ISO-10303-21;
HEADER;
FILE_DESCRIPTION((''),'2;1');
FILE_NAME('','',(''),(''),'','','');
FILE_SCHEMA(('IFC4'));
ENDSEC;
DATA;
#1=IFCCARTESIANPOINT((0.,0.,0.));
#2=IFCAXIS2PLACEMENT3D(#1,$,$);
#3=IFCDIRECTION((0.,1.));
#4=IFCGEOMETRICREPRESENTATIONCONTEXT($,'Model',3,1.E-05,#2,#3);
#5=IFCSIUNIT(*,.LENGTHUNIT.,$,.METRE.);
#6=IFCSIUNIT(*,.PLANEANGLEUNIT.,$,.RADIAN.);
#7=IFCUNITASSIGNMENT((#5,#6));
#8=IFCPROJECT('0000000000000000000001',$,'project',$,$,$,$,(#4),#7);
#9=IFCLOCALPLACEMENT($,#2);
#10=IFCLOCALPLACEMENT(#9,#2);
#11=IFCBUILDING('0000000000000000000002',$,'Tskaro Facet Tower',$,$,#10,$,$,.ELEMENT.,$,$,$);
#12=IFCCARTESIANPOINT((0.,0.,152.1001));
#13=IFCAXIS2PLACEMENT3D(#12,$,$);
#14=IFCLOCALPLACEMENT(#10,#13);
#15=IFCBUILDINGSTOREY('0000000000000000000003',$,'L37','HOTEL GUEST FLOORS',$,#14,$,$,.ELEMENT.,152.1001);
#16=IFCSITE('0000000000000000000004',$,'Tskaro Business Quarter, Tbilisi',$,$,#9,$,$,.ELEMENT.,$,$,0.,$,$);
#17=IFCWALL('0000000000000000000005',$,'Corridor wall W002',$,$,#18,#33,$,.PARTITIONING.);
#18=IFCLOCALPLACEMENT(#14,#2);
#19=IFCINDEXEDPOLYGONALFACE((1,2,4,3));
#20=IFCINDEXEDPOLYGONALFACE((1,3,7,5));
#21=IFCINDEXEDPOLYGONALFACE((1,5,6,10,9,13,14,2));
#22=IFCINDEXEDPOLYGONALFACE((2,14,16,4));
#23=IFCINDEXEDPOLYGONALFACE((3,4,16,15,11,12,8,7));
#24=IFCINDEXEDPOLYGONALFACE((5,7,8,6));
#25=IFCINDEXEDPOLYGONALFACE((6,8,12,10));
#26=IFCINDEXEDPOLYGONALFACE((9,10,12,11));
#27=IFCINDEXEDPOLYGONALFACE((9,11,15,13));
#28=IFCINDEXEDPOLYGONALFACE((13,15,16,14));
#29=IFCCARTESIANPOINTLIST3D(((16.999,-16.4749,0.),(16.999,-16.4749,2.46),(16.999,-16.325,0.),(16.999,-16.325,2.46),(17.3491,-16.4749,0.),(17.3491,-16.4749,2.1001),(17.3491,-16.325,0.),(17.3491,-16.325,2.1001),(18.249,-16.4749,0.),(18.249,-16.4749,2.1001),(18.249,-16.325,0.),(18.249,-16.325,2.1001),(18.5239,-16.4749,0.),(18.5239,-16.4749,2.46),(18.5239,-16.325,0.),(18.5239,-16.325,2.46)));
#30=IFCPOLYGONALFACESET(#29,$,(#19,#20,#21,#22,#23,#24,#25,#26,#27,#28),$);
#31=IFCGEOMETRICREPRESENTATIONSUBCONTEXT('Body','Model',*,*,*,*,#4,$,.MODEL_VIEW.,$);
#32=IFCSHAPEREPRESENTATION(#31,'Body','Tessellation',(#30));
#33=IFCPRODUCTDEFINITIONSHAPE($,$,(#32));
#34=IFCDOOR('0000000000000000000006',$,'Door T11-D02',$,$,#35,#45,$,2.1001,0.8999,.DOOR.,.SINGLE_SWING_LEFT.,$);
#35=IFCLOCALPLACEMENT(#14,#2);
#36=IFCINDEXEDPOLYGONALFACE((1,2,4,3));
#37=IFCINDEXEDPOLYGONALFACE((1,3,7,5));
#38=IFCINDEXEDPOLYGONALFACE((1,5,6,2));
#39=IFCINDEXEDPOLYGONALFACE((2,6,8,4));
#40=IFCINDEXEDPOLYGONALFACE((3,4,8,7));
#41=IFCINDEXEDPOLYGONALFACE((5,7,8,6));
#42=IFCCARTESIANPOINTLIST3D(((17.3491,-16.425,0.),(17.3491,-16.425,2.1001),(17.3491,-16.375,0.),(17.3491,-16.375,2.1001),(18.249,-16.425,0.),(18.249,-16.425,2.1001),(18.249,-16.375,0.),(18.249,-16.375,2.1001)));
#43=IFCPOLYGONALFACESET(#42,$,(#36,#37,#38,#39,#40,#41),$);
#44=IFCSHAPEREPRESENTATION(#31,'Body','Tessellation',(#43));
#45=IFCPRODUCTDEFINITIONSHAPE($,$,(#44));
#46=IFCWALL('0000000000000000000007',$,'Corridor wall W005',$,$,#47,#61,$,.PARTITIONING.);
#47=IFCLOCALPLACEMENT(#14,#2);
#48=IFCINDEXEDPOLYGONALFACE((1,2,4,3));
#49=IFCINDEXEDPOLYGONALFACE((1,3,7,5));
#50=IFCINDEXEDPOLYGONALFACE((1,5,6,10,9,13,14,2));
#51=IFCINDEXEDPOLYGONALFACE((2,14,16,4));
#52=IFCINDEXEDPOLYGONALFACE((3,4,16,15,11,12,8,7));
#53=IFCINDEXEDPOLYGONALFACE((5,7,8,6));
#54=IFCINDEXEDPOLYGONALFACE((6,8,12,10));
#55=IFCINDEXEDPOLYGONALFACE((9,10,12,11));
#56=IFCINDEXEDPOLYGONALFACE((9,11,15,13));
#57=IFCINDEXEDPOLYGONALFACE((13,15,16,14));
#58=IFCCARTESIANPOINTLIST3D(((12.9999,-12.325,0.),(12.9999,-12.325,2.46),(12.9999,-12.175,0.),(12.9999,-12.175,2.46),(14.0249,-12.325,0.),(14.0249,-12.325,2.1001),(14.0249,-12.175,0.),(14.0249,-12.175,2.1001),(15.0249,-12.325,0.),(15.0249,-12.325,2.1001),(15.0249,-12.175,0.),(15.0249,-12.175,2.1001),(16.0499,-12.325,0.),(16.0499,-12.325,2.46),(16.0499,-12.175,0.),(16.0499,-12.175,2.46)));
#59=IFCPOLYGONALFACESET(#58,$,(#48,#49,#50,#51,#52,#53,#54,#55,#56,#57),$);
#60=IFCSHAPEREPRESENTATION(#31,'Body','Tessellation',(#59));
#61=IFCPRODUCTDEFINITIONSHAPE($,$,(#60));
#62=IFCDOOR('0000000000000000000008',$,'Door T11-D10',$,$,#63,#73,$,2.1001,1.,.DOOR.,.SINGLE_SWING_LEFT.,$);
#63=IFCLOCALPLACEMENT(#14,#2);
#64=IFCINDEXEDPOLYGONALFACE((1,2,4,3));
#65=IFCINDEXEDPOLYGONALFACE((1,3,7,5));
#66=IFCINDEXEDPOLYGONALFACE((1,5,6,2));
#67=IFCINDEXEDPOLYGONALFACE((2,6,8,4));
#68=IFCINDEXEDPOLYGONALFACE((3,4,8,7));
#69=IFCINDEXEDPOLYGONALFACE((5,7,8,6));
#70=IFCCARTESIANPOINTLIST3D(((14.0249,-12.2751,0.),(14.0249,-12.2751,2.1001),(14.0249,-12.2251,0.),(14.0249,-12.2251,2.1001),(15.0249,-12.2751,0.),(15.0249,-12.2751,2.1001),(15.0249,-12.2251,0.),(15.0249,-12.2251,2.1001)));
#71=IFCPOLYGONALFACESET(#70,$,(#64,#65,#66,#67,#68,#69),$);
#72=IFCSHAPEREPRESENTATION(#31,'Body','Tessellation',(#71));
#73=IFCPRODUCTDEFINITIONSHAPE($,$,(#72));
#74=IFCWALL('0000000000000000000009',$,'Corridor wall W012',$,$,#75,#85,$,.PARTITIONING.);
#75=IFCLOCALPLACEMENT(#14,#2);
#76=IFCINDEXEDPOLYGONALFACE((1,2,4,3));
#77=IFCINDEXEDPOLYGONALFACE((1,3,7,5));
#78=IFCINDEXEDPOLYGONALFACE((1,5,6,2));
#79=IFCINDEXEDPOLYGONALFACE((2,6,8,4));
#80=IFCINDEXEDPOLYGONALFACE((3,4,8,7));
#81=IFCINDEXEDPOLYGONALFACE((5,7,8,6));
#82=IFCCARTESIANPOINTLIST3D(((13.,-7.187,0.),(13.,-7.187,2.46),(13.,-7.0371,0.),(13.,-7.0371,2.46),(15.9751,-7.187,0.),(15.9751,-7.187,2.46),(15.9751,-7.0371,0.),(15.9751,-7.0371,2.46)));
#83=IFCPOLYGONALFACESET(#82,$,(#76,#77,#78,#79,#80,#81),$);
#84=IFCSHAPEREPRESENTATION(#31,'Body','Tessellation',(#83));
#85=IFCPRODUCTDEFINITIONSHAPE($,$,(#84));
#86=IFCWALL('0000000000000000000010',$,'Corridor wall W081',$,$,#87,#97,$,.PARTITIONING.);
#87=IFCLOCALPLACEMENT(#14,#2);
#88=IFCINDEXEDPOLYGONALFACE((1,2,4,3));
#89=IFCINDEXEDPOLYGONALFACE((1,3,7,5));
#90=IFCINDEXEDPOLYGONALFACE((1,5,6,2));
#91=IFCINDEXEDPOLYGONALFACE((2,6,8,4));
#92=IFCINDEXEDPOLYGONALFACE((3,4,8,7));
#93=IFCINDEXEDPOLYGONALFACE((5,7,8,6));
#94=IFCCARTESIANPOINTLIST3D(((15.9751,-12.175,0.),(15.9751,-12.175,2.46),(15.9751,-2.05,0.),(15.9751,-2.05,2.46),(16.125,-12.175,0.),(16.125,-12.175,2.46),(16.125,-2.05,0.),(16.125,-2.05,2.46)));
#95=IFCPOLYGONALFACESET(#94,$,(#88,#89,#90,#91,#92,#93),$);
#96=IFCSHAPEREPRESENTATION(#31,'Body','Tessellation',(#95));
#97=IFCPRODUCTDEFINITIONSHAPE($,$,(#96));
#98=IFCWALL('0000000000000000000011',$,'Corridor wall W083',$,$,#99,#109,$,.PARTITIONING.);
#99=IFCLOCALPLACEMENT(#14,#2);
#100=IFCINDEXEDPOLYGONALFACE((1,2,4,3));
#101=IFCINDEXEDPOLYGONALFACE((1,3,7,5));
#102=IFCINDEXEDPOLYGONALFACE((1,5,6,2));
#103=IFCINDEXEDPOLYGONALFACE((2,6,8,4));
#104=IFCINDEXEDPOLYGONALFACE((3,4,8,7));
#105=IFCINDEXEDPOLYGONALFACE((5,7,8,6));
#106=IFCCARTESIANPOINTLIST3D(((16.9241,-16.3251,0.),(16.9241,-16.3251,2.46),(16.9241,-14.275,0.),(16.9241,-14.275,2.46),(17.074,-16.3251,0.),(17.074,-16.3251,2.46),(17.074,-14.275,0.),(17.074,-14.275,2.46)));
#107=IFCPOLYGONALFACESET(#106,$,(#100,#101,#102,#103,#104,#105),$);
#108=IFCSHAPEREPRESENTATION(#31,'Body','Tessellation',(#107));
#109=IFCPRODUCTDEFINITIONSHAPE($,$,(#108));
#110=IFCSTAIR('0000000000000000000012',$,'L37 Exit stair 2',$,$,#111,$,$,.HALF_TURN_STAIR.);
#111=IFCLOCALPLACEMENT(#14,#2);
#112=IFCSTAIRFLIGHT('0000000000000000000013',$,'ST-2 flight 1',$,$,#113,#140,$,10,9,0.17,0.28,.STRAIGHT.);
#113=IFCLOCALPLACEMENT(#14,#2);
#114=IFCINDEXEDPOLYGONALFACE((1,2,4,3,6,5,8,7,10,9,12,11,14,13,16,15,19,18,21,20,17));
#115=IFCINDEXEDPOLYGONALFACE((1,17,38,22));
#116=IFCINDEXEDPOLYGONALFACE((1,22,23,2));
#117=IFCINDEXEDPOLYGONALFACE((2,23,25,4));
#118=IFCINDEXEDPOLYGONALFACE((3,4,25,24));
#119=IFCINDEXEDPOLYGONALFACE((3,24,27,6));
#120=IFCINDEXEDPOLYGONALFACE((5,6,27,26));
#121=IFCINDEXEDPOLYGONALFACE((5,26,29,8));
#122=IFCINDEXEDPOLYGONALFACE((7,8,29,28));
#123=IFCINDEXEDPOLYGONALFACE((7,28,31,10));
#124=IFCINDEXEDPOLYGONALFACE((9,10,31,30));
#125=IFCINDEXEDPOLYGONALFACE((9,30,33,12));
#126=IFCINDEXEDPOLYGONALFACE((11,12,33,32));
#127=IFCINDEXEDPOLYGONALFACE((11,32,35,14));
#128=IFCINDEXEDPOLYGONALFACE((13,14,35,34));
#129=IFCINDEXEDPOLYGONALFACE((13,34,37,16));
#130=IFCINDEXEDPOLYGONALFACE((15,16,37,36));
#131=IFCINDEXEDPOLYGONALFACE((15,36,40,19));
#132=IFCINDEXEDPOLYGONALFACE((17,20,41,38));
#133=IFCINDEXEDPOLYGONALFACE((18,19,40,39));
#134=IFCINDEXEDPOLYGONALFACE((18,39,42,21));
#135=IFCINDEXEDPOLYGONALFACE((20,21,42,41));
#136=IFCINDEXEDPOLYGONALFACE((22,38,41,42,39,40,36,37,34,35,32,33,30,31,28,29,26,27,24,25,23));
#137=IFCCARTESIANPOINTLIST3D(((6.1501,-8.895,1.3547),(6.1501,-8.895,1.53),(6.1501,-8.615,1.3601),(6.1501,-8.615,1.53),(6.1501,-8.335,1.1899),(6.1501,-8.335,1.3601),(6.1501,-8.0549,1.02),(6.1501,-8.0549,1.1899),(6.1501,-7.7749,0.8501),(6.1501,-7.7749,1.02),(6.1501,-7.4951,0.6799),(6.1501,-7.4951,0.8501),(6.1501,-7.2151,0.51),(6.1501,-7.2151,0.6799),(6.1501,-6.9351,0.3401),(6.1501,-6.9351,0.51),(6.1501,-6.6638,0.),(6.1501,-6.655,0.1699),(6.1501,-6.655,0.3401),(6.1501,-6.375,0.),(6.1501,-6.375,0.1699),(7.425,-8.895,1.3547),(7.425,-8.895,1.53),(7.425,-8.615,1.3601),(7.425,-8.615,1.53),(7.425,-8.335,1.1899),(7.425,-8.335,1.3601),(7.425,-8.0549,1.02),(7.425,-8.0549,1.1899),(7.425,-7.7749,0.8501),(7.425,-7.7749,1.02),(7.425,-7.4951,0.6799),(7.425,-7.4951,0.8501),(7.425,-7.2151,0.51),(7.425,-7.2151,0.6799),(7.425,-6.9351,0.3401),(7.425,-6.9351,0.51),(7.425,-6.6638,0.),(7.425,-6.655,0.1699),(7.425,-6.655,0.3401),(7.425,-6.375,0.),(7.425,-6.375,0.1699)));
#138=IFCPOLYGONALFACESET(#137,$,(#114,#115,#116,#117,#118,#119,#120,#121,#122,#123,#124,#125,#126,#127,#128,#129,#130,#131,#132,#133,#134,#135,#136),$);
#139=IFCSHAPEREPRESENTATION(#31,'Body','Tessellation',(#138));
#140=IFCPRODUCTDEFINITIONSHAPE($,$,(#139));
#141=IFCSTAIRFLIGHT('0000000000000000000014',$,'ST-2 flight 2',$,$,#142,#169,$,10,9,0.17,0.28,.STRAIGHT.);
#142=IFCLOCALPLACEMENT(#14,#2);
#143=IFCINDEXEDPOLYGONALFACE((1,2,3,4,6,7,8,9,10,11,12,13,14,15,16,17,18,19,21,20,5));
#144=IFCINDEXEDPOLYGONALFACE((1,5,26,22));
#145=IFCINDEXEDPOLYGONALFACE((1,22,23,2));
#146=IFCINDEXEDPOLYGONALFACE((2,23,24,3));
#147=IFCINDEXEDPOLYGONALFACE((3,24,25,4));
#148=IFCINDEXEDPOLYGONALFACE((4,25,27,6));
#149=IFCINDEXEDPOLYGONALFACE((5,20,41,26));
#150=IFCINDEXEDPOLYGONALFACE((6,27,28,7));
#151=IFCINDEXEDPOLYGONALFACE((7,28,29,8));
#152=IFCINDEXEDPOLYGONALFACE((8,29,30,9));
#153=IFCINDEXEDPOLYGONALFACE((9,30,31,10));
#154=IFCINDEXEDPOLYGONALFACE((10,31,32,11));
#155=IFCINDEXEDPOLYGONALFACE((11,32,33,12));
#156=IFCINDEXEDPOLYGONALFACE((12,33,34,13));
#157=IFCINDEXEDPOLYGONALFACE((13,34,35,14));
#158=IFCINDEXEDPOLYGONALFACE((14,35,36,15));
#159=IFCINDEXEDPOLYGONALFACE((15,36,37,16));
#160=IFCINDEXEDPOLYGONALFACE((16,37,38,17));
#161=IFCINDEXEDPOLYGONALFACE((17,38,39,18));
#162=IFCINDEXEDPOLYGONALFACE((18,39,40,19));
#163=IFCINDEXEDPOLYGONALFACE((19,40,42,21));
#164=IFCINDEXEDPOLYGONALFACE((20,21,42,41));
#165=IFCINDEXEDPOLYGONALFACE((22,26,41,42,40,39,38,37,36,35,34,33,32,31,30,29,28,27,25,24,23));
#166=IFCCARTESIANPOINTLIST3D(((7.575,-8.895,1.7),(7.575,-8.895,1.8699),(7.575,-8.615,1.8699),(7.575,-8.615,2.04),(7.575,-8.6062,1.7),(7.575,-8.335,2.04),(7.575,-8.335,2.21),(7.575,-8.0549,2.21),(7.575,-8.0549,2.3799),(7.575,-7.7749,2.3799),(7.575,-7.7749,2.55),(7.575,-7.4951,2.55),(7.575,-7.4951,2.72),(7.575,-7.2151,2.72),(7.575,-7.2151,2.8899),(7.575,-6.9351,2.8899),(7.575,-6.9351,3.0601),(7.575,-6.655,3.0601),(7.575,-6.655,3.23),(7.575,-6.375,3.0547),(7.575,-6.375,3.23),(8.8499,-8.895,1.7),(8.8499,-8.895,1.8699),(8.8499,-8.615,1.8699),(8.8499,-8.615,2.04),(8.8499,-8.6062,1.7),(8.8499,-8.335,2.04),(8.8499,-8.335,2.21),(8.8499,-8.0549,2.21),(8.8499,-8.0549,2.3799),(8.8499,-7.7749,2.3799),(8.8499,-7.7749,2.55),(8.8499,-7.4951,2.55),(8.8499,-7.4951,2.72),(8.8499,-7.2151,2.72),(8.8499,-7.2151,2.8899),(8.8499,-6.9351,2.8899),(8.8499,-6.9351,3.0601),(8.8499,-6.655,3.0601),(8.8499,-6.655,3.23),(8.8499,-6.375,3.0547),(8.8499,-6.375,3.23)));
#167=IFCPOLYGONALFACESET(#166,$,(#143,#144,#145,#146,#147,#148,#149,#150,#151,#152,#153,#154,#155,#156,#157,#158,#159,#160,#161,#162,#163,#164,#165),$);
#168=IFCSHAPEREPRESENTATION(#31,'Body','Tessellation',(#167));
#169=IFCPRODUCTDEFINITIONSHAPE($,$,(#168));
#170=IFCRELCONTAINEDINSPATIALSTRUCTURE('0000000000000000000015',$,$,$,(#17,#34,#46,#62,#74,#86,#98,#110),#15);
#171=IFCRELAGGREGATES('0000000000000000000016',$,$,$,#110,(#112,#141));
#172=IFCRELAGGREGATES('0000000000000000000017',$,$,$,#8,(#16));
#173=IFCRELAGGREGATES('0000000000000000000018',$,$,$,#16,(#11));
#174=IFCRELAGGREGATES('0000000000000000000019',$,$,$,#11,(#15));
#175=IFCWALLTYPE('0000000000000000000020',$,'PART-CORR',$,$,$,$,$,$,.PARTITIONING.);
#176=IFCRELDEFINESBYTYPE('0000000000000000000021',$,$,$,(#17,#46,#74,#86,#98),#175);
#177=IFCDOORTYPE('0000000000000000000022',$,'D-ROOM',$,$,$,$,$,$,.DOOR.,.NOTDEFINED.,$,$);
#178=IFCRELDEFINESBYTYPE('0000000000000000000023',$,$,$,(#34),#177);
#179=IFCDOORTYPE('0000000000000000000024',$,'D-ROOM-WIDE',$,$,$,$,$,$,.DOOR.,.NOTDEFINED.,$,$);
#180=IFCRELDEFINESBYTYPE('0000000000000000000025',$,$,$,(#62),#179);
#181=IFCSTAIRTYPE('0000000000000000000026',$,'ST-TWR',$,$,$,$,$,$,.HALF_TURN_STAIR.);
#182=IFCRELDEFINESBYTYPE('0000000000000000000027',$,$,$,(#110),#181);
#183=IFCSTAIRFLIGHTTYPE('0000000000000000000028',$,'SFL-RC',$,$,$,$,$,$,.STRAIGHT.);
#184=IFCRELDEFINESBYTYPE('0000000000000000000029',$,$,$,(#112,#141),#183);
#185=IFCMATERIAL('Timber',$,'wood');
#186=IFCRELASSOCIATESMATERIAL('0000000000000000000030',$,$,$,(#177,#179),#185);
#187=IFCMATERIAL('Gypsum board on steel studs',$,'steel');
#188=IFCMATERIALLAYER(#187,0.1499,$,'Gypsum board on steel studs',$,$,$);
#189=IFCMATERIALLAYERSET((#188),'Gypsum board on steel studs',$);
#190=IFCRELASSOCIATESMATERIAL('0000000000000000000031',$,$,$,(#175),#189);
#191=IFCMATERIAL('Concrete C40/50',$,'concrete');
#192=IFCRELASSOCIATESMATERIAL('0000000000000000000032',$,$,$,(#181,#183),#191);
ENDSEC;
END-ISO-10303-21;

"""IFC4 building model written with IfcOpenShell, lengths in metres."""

from ifc_helpers import new_model, si_unit, direction, frame, frame_2d, origin, place, context, subcontext, project, spatial, polyline, rectangle, outline, extrude, material, layer, layer_set, type_object, element, fill, aggregate, save


model = new_model("IFC4")

# Units and contexts
model_context = context("Model", 3, precision=1e-05, world=origin(), true_north=direction((0.0, 1.0)))
body_context = subcontext(model_context, "Body", "Model", "MODEL_VIEW")
ifc_project = project(units=[si_unit("LENGTHUNIT", "METRE"), si_unit("PLANEANGLEUNIT", "RADIAN")], contexts=[model_context])

# Site, building, storey
site_placement = place(None, origin())
site = spatial("IfcSite", under=ifc_project, at=site_placement, Name="Tskaro Business Quarter, Tbilisi", CompositionType="ELEMENT", RefElevation=0.0)
building_placement = place(site_placement, origin())
building = spatial("IfcBuilding", under=site, at=building_placement, Name="Tskaro Facet Tower", CompositionType="ELEMENT")
storey_placement = place(building_placement, frame((0.0, 0.0, 152.1001)))
storey = spatial("IfcBuildingStorey", under=building, at=storey_placement, Name="L37", Description="HOTEL GUEST FLOORS", CompositionType="ELEMENT", Elevation=152.1001)

# Shared definitions
ifc_material_1 = material(Name="Timber", Category="wood")
door_type_1 = type_object("IfcDoorType", Name="D-ROOM", OperationType="NOTDEFINED", PredefinedType="DOOR", material=ifc_material_1)
ifc_material_2 = material(Name="Concrete C40/50", Category="concrete")

# Walls, openings, doors
ifc_material_3 = material(Name="Gypsum board on steel studs", Category="steel")
ifc_layer_1 = layer(ifc_material_3, 0.1499, Name="Gypsum board on steel studs")
ifc_layer_set_1 = layer_set([ifc_layer_1], Name="Gypsum board on steel studs")
wall_type_1 = type_object("IfcWallType", Name="PART-CORR", PredefinedType="PARTITIONING", material=ifc_layer_set_1)
wall_1_placement = place(storey_placement, frame((16.999, -16.3999, 0.0), z_axis=(0.0, 0.0, 1.0), x_axis=(1.0, 0.0, 0.0)))
wall_1 = element("IfcWall", 1, at=wall_1_placement, inside=storey, type_object=wall_type_1, Name="Corridor wall W002", PredefinedType="PARTITIONING", context=body_context, shape_type="SweptSolid", body=[
    extrude(rectangle(XDim=1.5249, YDim=0.1499, at=frame_2d((0.7625, 0.0))), origin(), (0.0, 0.0, 1.0), 2.46),
])
opening_1_placement = place(wall_1_placement, frame((0.3501, 0.0, 0.0)))
opening_1 = element("IfcOpeningElement", 2, at=opening_1_placement, cuts=wall_1, PredefinedType="OPENING", context=body_context, shape_type="SweptSolid", body=[
    extrude(rectangle(XDim=0.8999, YDim=2.1001, at=frame_2d((0.45, 1.05))), frame((0.0, 0.085, 0.0), z_axis=(0.0, -1.0, 0.0), x_axis=(1.0, 0.0, 0.0)), (0.0, 0.0, 1.0), 0.1699),
])
door_1_placement = place(opening_1_placement, origin())
door_1 = element("IfcDoor", 3, at=door_1_placement, inside=storey, type_object=door_type_1, Name="Door T11-D02", OperationType="SINGLE_SWING_LEFT", OverallHeight=2.1001, OverallWidth=0.8999, PredefinedType="DOOR", context=body_context, shape_type="SweptSolid", body=[
    extrude(rectangle(XDim=0.8999, YDim=2.1001, at=frame_2d((0.45, 1.05))), frame((0.0, 0.0249, 0.0), z_axis=(0.0, -1.0, 0.0), x_axis=(1.0, 0.0, 0.0)), (0.0, 0.0, 1.0), 0.05),
])
fill(opening_1, door_1)
wall_2_placement = place(storey_placement, frame((13.0, -12.25, 0.0), z_axis=(0.0, 0.0, 1.0), x_axis=(1.0, 0.0, 0.0)))
wall_2 = element("IfcWall", 4, at=wall_2_placement, inside=storey, type_object=wall_type_1, Name="Corridor wall W005", PredefinedType="PARTITIONING", context=body_context, shape_type="SweptSolid", body=[
    extrude(rectangle(XDim=3.05, YDim=0.1499, at=frame_2d((1.5249, 0.0))), origin(), (0.0, 0.0, 1.0), 2.46),
])
opening_2_placement = place(wall_2_placement, frame((1.0249, 0.0, 0.0)))
opening_2 = element("IfcOpeningElement", 5, at=opening_2_placement, cuts=wall_2, PredefinedType="OPENING", context=body_context, shape_type="SweptSolid", body=[
    extrude(rectangle(XDim=1.0, YDim=2.1001, at=frame_2d((0.5, 1.05))), frame((0.0, 0.085, 0.0), z_axis=(0.0, -1.0, 0.0), x_axis=(1.0, 0.0, 0.0)), (0.0, 0.0, 1.0), 0.1699),
])
door_type_2 = type_object("IfcDoorType", Name="D-ROOM-WIDE", OperationType="NOTDEFINED", PredefinedType="DOOR", material=ifc_material_1)
door_2_placement = place(opening_2_placement, origin())
door_2 = element("IfcDoor", 6, at=door_2_placement, inside=storey, type_object=door_type_2, Name="Door T11-D10", OperationType="SINGLE_SWING_LEFT", OverallHeight=2.1001, OverallWidth=1.0, PredefinedType="DOOR", context=body_context, shape_type="SweptSolid", body=[
    extrude(rectangle(XDim=1.0, YDim=2.1001, at=frame_2d((0.5, 1.05))), frame((0.0, 0.0249, 0.0), z_axis=(0.0, -1.0, 0.0), x_axis=(1.0, 0.0, 0.0)), (0.0, 0.0, 1.0), 0.05),
])
fill(opening_2, door_2)

# Walls
wall_3_placement = place(storey_placement, frame((13.0, -7.1121, 0.0), z_axis=(0.0, 0.0, 1.0), x_axis=(1.0, 0.0, 0.0)))
element("IfcWall", 7, at=wall_3_placement, inside=storey, type_object=wall_type_1, Name="Corridor wall W012", PredefinedType="PARTITIONING", context=body_context, shape_type="SweptSolid", body=[
    extrude(rectangle(XDim=2.9751, YDim=0.1499, at=frame_2d((1.4875, 0.0))), origin(), (0.0, 0.0, 1.0), 2.46),
])
wall_4_placement = place(storey_placement, frame((16.05, -12.175, 0.0), z_axis=(0.0, 0.0, 1.0), x_axis=(0.0, 1.0, 0.0)))
element("IfcWall", 8, at=wall_4_placement, inside=storey, type_object=wall_type_1, Name="Corridor wall W081", PredefinedType="PARTITIONING", context=body_context, shape_type="SweptSolid", body=[
    extrude(rectangle(XDim=10.125, YDim=0.1499, at=frame_2d((5.0625, 0.0))), origin(), (0.0, 0.0, 1.0), 2.46),
])
wall_5_placement = place(storey_placement, frame((16.999, -16.325, 0.0), z_axis=(0.0, 0.0, 1.0), x_axis=(0.0, 1.0, 0.0)))
element("IfcWall", 9, at=wall_5_placement, inside=storey, type_object=wall_type_1, Name="Corridor wall W083", PredefinedType="PARTITIONING", context=body_context, shape_type="SweptSolid", body=[
    extrude(rectangle(XDim=2.05, YDim=0.1499, at=frame_2d((1.0249, 0.0))), origin(), (0.0, 0.0, 1.0), 2.46),
])

# Stair, stair flights
stair_type = type_object("IfcStairType", Name="ST-TWR", PredefinedType="HALF_TURN_STAIR", material=ifc_material_2)
stair_placement = place(storey_placement, origin())
stair = element("IfcStair", 10, at=stair_placement, inside=storey, type_object=stair_type, Name="L37 Exit stair 2", PredefinedType="HALF_TURN_STAIR")
stair_flight_type = type_object("IfcStairFlightType", Name="SFL-RC", PredefinedType="STRAIGHT", material=ifc_material_2)
stair_flight_1_placement = place(storey_placement, frame((6.7876, -6.375, 0.0), z_axis=(0.0, 0.0, 1.0), x_axis=(0.0, -1.0, 0.0)))
stair_flight_1 = element("IfcStairFlight", 11, at=stair_flight_1_placement, type_object=stair_flight_type, Name="ST-2 flight 1", NumberOfRisers=10, NumberOfTreads=9, PredefinedType="STRAIGHT", RiserHeight=0.17, TreadLength=0.28, context=body_context, shape_type="SweptSolid", body=[
    extrude(outline(polyline([(0.0, 0.0), (0.0, 0.1699), (0.28, 0.1699), (0.28, 0.3401), (0.5601, 0.3401), (0.5601, 0.51), (0.8401, 0.51), (0.8401, 0.6799), (1.1201, 0.6799), (1.1201, 0.8501), (1.3999, 0.8501), (1.3999, 1.02), (1.6799, 1.02), (1.6799, 1.1899), (1.96, 1.1899), (1.96, 1.3601), (2.24, 1.3601), (2.24, 1.53), (2.52, 1.53), (2.52, 1.7), (2.52, 1.3547), (0.2888, 0.0), (0.0, 0.0)])), frame((0.0, 0.6375, 0.0), z_axis=(0.0, -1.0, 0.0), x_axis=(1.0, 0.0, 0.0)), (0.0, 0.0, 1.0), 1.2749),
])
stair_flight_2_placement = place(storey_placement, frame((8.2124, -8.895, 1.7), z_axis=(0.0, 0.0, 1.0), x_axis=(0.0, 1.0, 0.0)))
stair_flight_2 = element("IfcStairFlight", 12, at=stair_flight_2_placement, type_object=stair_flight_type, Name="ST-2 flight 2", NumberOfRisers=10, NumberOfTreads=9, PredefinedType="STRAIGHT", RiserHeight=0.17, TreadLength=0.28, context=body_context, shape_type="SweptSolid", body=[
    extrude(outline(polyline([(0.0, 0.0), (0.0, 0.1699), (0.28, 0.1699), (0.28, 0.3401), (0.5601, 0.3401), (0.5601, 0.51), (0.8401, 0.51), (0.8401, 0.6799), (1.1201, 0.6799), (1.1201, 0.8501), (1.3999, 0.8501), (1.3999, 1.02), (1.6799, 1.02), (1.6799, 1.1899), (1.96, 1.1899), (1.96, 1.3601), (2.24, 1.3601), (2.24, 1.53), (2.52, 1.53), (2.52, 1.7), (2.52, 1.3547), (0.2888, 0.0), (0.0, 0.0)])), frame((0.0, 0.6375, 0.0), z_axis=(0.0, -1.0, 0.0), x_axis=(1.0, 0.0, 0.0)), (0.0, 0.0, 1.0), 1.2749),
])
aggregate(stair, [stair_flight_1, stair_flight_2])

save(model, "model.ifc")
